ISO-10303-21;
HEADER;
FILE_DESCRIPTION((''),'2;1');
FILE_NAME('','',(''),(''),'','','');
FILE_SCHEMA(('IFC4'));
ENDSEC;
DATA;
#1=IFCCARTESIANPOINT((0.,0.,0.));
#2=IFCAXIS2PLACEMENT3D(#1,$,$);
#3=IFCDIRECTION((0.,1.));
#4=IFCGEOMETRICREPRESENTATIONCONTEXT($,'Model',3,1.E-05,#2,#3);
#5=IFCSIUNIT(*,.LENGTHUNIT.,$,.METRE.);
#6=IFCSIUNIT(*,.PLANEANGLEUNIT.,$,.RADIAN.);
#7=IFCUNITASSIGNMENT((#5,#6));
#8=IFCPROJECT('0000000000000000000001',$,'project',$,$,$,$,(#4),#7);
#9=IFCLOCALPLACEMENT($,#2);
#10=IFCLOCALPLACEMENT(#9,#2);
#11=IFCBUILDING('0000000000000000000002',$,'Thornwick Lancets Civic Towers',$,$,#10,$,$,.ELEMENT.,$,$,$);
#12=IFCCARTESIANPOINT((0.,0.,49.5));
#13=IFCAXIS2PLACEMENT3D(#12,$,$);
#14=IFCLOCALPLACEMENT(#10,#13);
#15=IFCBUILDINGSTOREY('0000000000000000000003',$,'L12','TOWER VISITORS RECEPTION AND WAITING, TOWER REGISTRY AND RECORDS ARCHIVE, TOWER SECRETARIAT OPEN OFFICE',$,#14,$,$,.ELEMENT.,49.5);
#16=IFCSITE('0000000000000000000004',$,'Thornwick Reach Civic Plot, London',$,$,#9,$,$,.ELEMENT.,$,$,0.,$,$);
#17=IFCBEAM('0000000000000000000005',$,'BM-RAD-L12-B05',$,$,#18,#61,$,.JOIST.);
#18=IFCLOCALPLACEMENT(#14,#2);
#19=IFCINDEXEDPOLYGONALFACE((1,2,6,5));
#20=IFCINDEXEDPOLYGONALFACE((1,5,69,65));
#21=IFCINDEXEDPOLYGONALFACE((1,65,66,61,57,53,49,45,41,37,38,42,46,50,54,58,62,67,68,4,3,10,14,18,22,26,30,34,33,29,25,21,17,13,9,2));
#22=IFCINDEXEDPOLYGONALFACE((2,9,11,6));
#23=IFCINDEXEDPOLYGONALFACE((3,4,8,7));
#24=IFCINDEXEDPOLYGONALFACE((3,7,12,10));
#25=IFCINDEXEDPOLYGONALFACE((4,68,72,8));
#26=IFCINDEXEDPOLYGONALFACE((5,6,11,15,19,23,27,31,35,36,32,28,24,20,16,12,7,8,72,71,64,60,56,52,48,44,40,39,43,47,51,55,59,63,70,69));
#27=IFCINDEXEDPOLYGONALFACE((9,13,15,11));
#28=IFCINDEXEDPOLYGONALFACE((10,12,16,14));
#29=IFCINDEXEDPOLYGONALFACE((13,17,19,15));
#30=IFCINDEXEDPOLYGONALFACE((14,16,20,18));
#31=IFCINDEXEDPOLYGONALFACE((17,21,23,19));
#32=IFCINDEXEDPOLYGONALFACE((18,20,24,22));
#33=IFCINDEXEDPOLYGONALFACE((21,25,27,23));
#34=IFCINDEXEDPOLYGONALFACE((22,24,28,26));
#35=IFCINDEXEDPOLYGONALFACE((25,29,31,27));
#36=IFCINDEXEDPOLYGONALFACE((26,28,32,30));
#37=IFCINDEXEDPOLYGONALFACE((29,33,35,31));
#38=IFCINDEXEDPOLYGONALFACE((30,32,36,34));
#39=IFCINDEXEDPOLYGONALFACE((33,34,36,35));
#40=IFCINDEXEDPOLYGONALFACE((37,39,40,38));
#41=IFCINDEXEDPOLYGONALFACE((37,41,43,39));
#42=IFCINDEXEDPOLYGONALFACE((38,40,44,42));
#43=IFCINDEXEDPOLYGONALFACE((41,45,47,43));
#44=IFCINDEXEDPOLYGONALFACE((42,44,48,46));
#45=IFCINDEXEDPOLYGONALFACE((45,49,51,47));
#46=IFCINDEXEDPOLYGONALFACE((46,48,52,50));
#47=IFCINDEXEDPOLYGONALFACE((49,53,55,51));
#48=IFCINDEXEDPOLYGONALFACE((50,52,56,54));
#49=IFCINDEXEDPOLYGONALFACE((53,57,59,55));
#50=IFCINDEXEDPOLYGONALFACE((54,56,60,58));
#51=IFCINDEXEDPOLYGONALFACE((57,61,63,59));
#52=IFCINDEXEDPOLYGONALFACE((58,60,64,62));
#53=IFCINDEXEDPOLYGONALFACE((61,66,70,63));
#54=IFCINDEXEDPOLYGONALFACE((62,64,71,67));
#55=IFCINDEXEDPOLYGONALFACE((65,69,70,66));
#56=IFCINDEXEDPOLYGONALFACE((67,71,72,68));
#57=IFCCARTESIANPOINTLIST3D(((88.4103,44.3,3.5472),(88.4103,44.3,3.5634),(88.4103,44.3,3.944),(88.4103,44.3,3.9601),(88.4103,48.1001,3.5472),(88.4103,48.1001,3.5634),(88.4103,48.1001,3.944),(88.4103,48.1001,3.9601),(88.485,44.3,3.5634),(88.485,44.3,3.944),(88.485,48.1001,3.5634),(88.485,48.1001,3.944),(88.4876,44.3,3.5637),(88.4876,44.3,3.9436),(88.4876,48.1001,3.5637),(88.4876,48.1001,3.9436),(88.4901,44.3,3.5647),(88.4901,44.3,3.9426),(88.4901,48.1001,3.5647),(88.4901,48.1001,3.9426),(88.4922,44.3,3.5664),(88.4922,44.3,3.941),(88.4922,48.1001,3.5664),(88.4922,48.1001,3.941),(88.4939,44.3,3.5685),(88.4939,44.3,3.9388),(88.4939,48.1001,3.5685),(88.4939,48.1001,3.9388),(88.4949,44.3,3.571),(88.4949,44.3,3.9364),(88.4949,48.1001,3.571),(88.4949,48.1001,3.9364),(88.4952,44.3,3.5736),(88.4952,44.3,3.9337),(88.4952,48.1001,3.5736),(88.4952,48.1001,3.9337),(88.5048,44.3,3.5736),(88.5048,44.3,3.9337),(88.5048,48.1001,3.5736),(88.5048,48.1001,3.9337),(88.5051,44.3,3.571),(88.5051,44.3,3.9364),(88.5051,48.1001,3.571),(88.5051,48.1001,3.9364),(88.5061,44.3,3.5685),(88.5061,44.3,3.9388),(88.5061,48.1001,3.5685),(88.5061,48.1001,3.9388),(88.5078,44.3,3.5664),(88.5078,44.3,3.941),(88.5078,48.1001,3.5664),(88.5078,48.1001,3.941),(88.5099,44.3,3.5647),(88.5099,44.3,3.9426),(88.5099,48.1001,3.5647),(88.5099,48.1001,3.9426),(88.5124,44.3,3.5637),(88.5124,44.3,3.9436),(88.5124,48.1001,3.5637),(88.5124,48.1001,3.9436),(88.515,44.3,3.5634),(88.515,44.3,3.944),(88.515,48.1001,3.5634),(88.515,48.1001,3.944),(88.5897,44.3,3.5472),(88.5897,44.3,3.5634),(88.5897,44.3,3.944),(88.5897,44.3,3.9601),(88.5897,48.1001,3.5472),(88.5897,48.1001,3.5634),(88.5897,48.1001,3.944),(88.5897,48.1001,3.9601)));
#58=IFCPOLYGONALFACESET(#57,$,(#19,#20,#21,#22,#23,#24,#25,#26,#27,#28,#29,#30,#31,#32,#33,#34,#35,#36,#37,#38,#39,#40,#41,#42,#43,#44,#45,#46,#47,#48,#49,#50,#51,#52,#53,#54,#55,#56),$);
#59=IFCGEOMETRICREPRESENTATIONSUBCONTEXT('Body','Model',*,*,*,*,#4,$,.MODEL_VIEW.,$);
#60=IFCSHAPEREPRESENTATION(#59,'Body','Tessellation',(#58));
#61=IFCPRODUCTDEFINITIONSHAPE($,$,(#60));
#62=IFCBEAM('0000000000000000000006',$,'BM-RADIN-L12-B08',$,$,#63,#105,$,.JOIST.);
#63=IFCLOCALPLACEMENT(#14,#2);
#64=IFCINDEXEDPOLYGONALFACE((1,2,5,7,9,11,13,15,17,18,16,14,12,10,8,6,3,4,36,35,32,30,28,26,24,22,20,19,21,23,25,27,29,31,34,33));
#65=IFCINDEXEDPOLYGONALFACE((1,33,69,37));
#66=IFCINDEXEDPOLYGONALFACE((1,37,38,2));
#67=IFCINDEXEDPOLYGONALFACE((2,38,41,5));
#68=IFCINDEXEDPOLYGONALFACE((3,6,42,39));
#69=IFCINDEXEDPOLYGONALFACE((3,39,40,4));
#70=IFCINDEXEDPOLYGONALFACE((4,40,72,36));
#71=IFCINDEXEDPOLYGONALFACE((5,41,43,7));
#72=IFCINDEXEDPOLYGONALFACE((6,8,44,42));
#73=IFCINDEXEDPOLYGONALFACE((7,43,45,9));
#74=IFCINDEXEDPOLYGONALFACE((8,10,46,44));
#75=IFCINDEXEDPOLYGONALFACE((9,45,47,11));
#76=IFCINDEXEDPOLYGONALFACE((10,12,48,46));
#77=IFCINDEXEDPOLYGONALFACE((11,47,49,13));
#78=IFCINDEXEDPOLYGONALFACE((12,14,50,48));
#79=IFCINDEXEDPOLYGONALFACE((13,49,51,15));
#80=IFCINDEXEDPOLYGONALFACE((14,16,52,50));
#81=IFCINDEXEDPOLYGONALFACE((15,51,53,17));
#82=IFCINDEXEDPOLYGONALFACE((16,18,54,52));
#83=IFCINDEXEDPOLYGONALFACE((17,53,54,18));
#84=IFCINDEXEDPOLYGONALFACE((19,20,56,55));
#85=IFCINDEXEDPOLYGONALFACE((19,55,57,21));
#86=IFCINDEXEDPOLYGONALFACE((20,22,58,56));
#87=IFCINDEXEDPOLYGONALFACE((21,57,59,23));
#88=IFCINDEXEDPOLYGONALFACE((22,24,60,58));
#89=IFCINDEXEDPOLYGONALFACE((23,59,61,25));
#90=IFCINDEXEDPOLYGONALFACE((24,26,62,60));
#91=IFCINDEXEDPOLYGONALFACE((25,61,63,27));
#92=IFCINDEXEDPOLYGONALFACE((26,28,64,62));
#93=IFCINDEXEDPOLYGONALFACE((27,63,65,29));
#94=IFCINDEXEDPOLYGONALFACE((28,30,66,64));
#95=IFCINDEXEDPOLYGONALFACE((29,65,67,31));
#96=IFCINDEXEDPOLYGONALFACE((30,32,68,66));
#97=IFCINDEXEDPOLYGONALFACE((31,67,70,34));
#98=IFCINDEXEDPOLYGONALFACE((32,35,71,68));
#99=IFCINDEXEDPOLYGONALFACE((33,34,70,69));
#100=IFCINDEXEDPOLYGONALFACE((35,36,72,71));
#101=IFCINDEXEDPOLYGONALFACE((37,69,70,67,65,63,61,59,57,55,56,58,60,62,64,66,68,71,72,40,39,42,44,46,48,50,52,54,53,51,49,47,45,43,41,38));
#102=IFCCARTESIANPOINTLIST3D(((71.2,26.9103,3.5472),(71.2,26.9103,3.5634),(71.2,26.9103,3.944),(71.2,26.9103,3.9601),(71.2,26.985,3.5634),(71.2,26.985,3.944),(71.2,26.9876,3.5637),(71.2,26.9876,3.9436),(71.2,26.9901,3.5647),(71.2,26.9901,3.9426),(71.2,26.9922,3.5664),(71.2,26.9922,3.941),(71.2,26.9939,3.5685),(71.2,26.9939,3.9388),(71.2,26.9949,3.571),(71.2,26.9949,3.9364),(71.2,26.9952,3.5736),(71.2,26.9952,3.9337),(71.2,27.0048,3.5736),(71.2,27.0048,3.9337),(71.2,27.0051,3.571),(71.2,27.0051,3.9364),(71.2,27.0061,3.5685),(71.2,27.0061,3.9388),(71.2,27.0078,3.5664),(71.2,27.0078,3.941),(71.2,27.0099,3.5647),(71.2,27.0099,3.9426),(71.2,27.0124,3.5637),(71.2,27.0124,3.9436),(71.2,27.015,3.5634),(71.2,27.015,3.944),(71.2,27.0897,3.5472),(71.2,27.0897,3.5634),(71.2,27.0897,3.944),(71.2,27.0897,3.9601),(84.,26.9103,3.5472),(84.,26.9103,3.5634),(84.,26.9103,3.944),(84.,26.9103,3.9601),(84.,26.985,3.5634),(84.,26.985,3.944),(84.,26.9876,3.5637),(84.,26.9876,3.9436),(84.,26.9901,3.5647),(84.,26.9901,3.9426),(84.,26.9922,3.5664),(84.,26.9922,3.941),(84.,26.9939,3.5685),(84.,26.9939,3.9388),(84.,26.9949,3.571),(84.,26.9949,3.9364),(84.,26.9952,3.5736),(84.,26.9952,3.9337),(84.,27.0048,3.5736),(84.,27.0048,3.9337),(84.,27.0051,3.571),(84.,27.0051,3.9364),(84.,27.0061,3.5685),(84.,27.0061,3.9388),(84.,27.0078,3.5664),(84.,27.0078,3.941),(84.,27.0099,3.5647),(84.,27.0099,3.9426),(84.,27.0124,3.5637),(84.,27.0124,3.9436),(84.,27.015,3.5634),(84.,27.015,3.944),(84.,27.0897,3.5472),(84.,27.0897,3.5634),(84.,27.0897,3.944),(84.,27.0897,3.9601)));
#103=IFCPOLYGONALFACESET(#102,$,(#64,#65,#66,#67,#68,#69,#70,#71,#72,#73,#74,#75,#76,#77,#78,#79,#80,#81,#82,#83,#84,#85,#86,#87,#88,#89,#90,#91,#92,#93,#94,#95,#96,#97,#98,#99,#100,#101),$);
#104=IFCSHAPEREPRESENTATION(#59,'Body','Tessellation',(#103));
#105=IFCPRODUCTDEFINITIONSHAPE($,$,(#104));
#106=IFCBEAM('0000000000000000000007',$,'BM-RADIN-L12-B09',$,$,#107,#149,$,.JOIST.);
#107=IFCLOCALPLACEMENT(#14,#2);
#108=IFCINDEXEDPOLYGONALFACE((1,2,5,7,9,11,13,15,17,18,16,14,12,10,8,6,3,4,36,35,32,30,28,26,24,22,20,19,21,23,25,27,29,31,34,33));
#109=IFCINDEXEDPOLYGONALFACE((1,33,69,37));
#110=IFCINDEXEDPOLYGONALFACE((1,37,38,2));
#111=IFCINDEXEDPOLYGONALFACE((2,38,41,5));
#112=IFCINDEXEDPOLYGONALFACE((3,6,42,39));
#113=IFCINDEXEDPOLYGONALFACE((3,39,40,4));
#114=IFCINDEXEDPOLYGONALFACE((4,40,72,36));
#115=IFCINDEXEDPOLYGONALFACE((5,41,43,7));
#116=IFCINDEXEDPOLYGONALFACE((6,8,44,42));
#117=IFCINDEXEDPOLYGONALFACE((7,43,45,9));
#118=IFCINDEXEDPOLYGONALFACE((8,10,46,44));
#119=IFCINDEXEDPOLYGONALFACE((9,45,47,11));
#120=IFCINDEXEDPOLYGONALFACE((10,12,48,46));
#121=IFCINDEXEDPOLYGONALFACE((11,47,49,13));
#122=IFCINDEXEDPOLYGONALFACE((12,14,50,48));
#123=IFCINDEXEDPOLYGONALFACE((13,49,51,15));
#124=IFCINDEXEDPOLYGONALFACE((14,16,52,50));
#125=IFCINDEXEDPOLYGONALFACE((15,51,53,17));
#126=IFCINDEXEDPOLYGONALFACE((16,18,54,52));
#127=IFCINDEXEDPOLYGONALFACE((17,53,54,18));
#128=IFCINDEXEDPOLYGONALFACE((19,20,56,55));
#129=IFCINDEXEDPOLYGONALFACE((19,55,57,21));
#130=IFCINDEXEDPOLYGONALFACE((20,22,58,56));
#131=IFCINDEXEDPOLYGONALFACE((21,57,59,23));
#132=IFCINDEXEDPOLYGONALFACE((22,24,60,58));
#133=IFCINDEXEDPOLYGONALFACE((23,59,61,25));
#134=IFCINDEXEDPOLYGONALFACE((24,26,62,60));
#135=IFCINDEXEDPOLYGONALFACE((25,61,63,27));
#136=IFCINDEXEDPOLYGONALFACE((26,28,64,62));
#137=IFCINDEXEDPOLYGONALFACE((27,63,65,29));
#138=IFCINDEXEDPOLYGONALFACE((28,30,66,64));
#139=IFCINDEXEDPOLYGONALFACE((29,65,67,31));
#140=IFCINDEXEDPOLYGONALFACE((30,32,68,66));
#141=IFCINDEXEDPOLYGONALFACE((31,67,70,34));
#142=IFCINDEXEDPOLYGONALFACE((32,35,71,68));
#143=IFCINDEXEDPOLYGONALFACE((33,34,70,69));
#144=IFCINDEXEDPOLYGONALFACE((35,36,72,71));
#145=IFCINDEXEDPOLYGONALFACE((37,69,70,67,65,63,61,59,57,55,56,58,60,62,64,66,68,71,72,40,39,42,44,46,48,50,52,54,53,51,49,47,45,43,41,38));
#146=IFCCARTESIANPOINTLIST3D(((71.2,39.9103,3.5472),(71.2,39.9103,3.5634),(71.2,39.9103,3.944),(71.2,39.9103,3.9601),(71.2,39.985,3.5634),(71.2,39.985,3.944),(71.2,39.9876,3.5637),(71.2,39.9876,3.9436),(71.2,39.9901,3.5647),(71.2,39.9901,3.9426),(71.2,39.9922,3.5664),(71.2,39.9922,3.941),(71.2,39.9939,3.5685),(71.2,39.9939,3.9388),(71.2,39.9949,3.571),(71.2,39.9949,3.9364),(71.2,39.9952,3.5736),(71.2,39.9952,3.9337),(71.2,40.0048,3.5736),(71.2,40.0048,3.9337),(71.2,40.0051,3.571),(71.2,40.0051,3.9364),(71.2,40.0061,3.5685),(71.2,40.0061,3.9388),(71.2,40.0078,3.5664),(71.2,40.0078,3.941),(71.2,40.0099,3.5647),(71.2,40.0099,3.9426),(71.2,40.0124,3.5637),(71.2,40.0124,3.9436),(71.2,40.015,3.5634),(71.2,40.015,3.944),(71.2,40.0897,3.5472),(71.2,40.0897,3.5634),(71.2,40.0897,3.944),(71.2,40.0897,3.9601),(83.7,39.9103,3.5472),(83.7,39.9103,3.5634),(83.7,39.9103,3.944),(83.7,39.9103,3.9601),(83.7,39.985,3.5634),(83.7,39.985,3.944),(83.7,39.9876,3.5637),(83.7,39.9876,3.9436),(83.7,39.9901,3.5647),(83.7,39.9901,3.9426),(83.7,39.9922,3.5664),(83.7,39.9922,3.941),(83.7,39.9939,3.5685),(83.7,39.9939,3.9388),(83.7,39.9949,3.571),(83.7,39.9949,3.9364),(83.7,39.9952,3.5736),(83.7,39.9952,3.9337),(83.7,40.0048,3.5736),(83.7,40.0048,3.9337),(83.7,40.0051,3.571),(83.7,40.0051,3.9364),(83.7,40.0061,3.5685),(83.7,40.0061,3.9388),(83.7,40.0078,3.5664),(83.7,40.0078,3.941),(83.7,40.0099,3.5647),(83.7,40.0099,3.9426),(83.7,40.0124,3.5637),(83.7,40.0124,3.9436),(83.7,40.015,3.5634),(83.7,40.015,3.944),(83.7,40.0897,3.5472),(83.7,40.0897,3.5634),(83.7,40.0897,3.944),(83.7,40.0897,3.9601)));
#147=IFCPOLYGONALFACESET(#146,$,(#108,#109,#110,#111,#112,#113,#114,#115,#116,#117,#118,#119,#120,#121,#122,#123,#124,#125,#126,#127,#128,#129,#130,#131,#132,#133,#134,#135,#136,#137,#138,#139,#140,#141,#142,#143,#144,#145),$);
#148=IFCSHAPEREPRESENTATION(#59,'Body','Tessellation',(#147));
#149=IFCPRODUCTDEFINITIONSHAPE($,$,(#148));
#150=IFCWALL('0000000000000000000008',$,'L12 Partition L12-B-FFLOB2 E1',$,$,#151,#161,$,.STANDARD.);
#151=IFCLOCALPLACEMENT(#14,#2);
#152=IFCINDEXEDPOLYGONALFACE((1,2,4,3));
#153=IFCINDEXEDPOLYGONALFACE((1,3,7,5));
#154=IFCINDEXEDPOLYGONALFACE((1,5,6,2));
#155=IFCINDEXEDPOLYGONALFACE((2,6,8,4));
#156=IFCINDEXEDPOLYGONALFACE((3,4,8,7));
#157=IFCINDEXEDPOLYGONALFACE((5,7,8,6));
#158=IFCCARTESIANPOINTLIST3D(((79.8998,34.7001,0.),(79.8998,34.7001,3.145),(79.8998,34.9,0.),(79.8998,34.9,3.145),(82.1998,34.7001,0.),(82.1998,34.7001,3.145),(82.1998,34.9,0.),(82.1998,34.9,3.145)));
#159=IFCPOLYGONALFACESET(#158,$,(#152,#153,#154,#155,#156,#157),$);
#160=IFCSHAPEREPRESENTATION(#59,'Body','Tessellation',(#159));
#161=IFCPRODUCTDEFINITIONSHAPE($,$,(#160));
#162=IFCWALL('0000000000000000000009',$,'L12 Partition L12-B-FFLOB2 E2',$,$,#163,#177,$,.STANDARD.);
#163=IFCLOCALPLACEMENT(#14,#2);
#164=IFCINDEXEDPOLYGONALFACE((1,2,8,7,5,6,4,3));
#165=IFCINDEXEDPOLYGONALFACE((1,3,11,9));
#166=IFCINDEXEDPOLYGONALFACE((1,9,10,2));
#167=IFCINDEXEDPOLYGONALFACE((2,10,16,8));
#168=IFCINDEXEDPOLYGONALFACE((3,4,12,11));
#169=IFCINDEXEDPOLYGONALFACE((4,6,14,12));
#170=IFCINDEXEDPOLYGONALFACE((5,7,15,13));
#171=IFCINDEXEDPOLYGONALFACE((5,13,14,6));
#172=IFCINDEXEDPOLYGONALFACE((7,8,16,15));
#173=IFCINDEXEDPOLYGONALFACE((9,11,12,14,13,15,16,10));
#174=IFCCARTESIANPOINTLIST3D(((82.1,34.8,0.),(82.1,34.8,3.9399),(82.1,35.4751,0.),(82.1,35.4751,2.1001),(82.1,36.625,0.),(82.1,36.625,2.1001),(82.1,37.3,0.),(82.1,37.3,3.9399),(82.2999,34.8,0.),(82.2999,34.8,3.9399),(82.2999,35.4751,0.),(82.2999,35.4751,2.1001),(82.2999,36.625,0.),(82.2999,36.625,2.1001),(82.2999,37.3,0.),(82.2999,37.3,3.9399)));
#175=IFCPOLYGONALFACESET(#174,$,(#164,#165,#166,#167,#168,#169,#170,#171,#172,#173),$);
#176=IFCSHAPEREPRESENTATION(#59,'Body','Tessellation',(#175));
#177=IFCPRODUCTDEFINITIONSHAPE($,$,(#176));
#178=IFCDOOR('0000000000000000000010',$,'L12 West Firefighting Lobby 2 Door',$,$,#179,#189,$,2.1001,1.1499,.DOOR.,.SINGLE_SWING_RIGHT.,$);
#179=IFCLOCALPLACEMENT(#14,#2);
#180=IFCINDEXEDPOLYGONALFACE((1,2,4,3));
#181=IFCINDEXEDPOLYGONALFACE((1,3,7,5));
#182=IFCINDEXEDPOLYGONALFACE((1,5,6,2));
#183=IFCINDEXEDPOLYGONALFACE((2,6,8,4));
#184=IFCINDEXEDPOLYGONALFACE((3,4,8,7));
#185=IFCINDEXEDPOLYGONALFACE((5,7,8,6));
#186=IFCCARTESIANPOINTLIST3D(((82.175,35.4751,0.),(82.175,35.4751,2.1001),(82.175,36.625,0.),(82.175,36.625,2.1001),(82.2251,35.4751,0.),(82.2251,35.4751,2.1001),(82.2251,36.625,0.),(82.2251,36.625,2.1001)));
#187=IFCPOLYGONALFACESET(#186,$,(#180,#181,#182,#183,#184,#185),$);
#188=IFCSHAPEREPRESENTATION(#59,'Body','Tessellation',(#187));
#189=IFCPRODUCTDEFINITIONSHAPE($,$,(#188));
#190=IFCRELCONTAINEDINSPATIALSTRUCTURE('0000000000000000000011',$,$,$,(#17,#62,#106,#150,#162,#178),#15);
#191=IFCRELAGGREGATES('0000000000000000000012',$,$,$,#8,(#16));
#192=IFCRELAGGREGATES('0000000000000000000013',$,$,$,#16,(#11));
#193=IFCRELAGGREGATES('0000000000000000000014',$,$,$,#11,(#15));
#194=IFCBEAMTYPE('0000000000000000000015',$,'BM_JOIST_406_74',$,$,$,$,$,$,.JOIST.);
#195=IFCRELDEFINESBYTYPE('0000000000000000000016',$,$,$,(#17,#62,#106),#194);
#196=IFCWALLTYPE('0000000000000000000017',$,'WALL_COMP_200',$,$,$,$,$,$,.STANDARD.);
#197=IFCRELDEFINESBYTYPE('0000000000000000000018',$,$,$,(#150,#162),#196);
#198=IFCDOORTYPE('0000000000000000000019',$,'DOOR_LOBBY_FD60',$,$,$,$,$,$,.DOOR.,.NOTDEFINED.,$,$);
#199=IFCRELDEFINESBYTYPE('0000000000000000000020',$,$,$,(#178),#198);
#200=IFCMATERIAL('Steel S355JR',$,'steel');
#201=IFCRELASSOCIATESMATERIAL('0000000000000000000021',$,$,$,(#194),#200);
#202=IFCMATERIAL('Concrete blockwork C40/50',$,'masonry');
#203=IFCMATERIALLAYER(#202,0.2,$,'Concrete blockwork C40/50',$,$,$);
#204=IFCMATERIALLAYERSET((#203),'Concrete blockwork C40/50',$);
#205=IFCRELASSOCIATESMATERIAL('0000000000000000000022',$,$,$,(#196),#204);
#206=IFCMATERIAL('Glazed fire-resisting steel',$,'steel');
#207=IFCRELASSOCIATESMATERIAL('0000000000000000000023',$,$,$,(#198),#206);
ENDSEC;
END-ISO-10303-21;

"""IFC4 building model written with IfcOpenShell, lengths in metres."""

from ifc_helpers import new_model, si_unit, direction, frame, frame_2d, origin, origin_2d, place, context, subcontext, project, spatial, rectangle, i_section, extrude, material, layer, layer_set, material_profile, profile_set, type_object, element, fill, save


model = new_model("IFC4")

# Units and contexts
model_context = context("Model", 3, precision=1e-05, world=origin(), true_north=direction((0.0, 1.0)))
body_context = subcontext(model_context, "Body", "Model", "MODEL_VIEW")
ifc_project = project(units=[si_unit("LENGTHUNIT", "METRE"), si_unit("PLANEANGLEUNIT", "RADIAN")], contexts=[model_context])

# Site, building, storey
site_placement = place(None, origin())
site = spatial("IfcSite", under=ifc_project, at=site_placement, Name="Thornwick Reach Civic Plot, London", CompositionType="ELEMENT", RefElevation=0.0)
building_placement = place(site_placement, origin())
building = spatial("IfcBuilding", under=site, at=building_placement, Name="Thornwick Lancets Civic Towers", CompositionType="ELEMENT")
storey_placement = place(building_placement, frame((0.0, 0.0, 49.5)))
storey = spatial("IfcBuildingStorey", under=building, at=storey_placement, Name="L12", Description="TOWER VISITORS RECEPTION AND WAITING, TOWER REGISTRY AND RECORDS ARCHIVE, TOWER SECRETARIAT OPEN OFFICE", CompositionType="ELEMENT", Elevation=49.5)

# Beams
ifc_material_1 = material(Name="Steel S355JR", Category="steel")
ifc_material_profile_1 = material_profile(ifc_material_1, i_section(OverallWidth=0.1794, OverallDepth=0.4128, WebThickness=0.0095, FlangeThickness=0.0161, FilletRadius=0.0103, at=origin_2d()), Name="UKB 406x178x74")
ifc_profile_set_1 = profile_set([ifc_material_profile_1], Name="Steel S355JR")
beam_type_1 = type_object("IfcBeamType", Name="BM_JOIST_406_74", PredefinedType="JOIST", material=ifc_profile_set_1)
beam_1_placement = place(storey_placement, frame((88.5, 44.3, 3.7537), z_axis=(0.0, 1.0, 0.0), x_axis=(-1.0, 0.0, 0.0)))
element("IfcBeam", 1, at=beam_1_placement, inside=storey, type_object=beam_type_1, Name="BM-RAD-L12-B05", PredefinedType="JOIST", context=body_context, shape_type="SweptSolid", body=[
    extrude(i_section(OverallWidth=0.1794, OverallDepth=0.4128, WebThickness=0.0095, FlangeThickness=0.0161, FilletRadius=0.0103, at=origin_2d()), origin(), (0.0, 0.0, 1.0), 3.8),
])
beam_2_placement = place(storey_placement, frame((84.0, 27.0, 3.7537), z_axis=(-1.0, 0.0, 0.0), x_axis=(0.0, -1.0, 0.0)))
element("IfcBeam", 2, at=beam_2_placement, inside=storey, type_object=beam_type_1, Name="BM-RADIN-L12-B08", PredefinedType="JOIST", context=body_context, shape_type="SweptSolid", body=[
    extrude(i_section(OverallWidth=0.1794, OverallDepth=0.4128, WebThickness=0.0095, FlangeThickness=0.0161, FilletRadius=0.0103, at=origin_2d()), origin(), (0.0, 0.0, 1.0), 12.8),
])
beam_3_placement = place(storey_placement, frame((83.7, 40.0, 3.7537), z_axis=(-1.0, 0.0, 0.0), x_axis=(0.0, -1.0, 0.0)))
element("IfcBeam", 3, at=beam_3_placement, inside=storey, type_object=beam_type_1, Name="BM-RADIN-L12-B09", PredefinedType="JOIST", context=body_context, shape_type="SweptSolid", body=[
    extrude(i_section(OverallWidth=0.1794, OverallDepth=0.4128, WebThickness=0.0095, FlangeThickness=0.0161, FilletRadius=0.0103, at=origin_2d()), origin(), (0.0, 0.0, 1.0), 12.5),
])

# Wall
ifc_material_2 = material(Name="Concrete blockwork C40/50", Category="masonry")
ifc_layer_1 = layer(ifc_material_2, 0.2, Name="Concrete blockwork C40/50")
ifc_layer_set_1 = layer_set([ifc_layer_1], Name="Concrete blockwork C40/50")
wall_type_1 = type_object("IfcWallType", Name="WALL_COMP_200", PredefinedType="STANDARD", material=ifc_layer_set_1)
wall_1_placement = place(storey_placement, frame((79.8999, 34.8, 0.0), z_axis=(0.0, 0.0, 1.0), x_axis=(1.0, 0.0, 0.0)))
element("IfcWall", 4, at=wall_1_placement, inside=storey, type_object=wall_type_1, Name="L12 Partition L12-B-FFLOB2 E1", PredefinedType="STANDARD", context=body_context, shape_type="SweptSolid", body=[
    extrude(rectangle(XDim=2.3, YDim=0.2, at=frame_2d((1.1499, 0.0))), origin(), (0.0, 0.0, 1.0), 3.145),
])

# Wall, opening, door
wall_2_placement = place(storey_placement, frame((82.2, 34.8, 0.0), z_axis=(0.0, 0.0, 1.0), x_axis=(0.0, 1.0, 0.0)))
wall_2 = element("IfcWall", 5, at=wall_2_placement, inside=storey, type_object=wall_type_1, Name="L12 Partition L12-B-FFLOB2 E2", PredefinedType="STANDARD", context=body_context, shape_type="SweptSolid", body=[
    extrude(rectangle(XDim=2.5, YDim=0.2, at=frame_2d((1.25, 0.0))), origin(), (0.0, 0.0, 1.0), 3.9399),
])
opening_1_placement = place(wall_2_placement, frame((0.675, 0.0, 0.0)))
opening_1 = element("IfcOpeningElement", 6, at=opening_1_placement, cuts=wall_2, PredefinedType="OPENING", context=body_context, shape_type="SweptSolid", body=[
    extrude(rectangle(XDim=1.1499, YDim=2.1001, at=frame_2d((0.575, 1.05))), frame((0.0, 0.1099, 0.0), z_axis=(0.0, -1.0, 0.0), x_axis=(1.0, 0.0, 0.0)), (0.0, 0.0, 1.0), 0.22),
])
ifc_material_3 = material(Name="Glazed fire-resisting steel", Category="steel")
door_type_1 = type_object("IfcDoorType", Name="DOOR_LOBBY_FD60", OperationType="NOTDEFINED", PredefinedType="DOOR", material=ifc_material_3)
door_1_placement = place(opening_1_placement, origin())
door_1 = element("IfcDoor", 7, at=door_1_placement, inside=storey, type_object=door_type_1, Name="L12 West Firefighting Lobby 2 Door", OperationType="SINGLE_SWING_RIGHT", OverallHeight=2.1001, OverallWidth=1.1499, PredefinedType="DOOR", context=body_context, shape_type="SweptSolid", body=[
    extrude(rectangle(XDim=1.1499, YDim=2.1001, at=frame_2d((0.575, 1.05))), frame((0.0, 0.0249, 0.0), z_axis=(0.0, -1.0, 0.0), x_axis=(1.0, 0.0, 0.0)), (0.0, 0.0, 1.0), 0.05),
])
fill(opening_1, door_1)

save(model, "model.ifc")
